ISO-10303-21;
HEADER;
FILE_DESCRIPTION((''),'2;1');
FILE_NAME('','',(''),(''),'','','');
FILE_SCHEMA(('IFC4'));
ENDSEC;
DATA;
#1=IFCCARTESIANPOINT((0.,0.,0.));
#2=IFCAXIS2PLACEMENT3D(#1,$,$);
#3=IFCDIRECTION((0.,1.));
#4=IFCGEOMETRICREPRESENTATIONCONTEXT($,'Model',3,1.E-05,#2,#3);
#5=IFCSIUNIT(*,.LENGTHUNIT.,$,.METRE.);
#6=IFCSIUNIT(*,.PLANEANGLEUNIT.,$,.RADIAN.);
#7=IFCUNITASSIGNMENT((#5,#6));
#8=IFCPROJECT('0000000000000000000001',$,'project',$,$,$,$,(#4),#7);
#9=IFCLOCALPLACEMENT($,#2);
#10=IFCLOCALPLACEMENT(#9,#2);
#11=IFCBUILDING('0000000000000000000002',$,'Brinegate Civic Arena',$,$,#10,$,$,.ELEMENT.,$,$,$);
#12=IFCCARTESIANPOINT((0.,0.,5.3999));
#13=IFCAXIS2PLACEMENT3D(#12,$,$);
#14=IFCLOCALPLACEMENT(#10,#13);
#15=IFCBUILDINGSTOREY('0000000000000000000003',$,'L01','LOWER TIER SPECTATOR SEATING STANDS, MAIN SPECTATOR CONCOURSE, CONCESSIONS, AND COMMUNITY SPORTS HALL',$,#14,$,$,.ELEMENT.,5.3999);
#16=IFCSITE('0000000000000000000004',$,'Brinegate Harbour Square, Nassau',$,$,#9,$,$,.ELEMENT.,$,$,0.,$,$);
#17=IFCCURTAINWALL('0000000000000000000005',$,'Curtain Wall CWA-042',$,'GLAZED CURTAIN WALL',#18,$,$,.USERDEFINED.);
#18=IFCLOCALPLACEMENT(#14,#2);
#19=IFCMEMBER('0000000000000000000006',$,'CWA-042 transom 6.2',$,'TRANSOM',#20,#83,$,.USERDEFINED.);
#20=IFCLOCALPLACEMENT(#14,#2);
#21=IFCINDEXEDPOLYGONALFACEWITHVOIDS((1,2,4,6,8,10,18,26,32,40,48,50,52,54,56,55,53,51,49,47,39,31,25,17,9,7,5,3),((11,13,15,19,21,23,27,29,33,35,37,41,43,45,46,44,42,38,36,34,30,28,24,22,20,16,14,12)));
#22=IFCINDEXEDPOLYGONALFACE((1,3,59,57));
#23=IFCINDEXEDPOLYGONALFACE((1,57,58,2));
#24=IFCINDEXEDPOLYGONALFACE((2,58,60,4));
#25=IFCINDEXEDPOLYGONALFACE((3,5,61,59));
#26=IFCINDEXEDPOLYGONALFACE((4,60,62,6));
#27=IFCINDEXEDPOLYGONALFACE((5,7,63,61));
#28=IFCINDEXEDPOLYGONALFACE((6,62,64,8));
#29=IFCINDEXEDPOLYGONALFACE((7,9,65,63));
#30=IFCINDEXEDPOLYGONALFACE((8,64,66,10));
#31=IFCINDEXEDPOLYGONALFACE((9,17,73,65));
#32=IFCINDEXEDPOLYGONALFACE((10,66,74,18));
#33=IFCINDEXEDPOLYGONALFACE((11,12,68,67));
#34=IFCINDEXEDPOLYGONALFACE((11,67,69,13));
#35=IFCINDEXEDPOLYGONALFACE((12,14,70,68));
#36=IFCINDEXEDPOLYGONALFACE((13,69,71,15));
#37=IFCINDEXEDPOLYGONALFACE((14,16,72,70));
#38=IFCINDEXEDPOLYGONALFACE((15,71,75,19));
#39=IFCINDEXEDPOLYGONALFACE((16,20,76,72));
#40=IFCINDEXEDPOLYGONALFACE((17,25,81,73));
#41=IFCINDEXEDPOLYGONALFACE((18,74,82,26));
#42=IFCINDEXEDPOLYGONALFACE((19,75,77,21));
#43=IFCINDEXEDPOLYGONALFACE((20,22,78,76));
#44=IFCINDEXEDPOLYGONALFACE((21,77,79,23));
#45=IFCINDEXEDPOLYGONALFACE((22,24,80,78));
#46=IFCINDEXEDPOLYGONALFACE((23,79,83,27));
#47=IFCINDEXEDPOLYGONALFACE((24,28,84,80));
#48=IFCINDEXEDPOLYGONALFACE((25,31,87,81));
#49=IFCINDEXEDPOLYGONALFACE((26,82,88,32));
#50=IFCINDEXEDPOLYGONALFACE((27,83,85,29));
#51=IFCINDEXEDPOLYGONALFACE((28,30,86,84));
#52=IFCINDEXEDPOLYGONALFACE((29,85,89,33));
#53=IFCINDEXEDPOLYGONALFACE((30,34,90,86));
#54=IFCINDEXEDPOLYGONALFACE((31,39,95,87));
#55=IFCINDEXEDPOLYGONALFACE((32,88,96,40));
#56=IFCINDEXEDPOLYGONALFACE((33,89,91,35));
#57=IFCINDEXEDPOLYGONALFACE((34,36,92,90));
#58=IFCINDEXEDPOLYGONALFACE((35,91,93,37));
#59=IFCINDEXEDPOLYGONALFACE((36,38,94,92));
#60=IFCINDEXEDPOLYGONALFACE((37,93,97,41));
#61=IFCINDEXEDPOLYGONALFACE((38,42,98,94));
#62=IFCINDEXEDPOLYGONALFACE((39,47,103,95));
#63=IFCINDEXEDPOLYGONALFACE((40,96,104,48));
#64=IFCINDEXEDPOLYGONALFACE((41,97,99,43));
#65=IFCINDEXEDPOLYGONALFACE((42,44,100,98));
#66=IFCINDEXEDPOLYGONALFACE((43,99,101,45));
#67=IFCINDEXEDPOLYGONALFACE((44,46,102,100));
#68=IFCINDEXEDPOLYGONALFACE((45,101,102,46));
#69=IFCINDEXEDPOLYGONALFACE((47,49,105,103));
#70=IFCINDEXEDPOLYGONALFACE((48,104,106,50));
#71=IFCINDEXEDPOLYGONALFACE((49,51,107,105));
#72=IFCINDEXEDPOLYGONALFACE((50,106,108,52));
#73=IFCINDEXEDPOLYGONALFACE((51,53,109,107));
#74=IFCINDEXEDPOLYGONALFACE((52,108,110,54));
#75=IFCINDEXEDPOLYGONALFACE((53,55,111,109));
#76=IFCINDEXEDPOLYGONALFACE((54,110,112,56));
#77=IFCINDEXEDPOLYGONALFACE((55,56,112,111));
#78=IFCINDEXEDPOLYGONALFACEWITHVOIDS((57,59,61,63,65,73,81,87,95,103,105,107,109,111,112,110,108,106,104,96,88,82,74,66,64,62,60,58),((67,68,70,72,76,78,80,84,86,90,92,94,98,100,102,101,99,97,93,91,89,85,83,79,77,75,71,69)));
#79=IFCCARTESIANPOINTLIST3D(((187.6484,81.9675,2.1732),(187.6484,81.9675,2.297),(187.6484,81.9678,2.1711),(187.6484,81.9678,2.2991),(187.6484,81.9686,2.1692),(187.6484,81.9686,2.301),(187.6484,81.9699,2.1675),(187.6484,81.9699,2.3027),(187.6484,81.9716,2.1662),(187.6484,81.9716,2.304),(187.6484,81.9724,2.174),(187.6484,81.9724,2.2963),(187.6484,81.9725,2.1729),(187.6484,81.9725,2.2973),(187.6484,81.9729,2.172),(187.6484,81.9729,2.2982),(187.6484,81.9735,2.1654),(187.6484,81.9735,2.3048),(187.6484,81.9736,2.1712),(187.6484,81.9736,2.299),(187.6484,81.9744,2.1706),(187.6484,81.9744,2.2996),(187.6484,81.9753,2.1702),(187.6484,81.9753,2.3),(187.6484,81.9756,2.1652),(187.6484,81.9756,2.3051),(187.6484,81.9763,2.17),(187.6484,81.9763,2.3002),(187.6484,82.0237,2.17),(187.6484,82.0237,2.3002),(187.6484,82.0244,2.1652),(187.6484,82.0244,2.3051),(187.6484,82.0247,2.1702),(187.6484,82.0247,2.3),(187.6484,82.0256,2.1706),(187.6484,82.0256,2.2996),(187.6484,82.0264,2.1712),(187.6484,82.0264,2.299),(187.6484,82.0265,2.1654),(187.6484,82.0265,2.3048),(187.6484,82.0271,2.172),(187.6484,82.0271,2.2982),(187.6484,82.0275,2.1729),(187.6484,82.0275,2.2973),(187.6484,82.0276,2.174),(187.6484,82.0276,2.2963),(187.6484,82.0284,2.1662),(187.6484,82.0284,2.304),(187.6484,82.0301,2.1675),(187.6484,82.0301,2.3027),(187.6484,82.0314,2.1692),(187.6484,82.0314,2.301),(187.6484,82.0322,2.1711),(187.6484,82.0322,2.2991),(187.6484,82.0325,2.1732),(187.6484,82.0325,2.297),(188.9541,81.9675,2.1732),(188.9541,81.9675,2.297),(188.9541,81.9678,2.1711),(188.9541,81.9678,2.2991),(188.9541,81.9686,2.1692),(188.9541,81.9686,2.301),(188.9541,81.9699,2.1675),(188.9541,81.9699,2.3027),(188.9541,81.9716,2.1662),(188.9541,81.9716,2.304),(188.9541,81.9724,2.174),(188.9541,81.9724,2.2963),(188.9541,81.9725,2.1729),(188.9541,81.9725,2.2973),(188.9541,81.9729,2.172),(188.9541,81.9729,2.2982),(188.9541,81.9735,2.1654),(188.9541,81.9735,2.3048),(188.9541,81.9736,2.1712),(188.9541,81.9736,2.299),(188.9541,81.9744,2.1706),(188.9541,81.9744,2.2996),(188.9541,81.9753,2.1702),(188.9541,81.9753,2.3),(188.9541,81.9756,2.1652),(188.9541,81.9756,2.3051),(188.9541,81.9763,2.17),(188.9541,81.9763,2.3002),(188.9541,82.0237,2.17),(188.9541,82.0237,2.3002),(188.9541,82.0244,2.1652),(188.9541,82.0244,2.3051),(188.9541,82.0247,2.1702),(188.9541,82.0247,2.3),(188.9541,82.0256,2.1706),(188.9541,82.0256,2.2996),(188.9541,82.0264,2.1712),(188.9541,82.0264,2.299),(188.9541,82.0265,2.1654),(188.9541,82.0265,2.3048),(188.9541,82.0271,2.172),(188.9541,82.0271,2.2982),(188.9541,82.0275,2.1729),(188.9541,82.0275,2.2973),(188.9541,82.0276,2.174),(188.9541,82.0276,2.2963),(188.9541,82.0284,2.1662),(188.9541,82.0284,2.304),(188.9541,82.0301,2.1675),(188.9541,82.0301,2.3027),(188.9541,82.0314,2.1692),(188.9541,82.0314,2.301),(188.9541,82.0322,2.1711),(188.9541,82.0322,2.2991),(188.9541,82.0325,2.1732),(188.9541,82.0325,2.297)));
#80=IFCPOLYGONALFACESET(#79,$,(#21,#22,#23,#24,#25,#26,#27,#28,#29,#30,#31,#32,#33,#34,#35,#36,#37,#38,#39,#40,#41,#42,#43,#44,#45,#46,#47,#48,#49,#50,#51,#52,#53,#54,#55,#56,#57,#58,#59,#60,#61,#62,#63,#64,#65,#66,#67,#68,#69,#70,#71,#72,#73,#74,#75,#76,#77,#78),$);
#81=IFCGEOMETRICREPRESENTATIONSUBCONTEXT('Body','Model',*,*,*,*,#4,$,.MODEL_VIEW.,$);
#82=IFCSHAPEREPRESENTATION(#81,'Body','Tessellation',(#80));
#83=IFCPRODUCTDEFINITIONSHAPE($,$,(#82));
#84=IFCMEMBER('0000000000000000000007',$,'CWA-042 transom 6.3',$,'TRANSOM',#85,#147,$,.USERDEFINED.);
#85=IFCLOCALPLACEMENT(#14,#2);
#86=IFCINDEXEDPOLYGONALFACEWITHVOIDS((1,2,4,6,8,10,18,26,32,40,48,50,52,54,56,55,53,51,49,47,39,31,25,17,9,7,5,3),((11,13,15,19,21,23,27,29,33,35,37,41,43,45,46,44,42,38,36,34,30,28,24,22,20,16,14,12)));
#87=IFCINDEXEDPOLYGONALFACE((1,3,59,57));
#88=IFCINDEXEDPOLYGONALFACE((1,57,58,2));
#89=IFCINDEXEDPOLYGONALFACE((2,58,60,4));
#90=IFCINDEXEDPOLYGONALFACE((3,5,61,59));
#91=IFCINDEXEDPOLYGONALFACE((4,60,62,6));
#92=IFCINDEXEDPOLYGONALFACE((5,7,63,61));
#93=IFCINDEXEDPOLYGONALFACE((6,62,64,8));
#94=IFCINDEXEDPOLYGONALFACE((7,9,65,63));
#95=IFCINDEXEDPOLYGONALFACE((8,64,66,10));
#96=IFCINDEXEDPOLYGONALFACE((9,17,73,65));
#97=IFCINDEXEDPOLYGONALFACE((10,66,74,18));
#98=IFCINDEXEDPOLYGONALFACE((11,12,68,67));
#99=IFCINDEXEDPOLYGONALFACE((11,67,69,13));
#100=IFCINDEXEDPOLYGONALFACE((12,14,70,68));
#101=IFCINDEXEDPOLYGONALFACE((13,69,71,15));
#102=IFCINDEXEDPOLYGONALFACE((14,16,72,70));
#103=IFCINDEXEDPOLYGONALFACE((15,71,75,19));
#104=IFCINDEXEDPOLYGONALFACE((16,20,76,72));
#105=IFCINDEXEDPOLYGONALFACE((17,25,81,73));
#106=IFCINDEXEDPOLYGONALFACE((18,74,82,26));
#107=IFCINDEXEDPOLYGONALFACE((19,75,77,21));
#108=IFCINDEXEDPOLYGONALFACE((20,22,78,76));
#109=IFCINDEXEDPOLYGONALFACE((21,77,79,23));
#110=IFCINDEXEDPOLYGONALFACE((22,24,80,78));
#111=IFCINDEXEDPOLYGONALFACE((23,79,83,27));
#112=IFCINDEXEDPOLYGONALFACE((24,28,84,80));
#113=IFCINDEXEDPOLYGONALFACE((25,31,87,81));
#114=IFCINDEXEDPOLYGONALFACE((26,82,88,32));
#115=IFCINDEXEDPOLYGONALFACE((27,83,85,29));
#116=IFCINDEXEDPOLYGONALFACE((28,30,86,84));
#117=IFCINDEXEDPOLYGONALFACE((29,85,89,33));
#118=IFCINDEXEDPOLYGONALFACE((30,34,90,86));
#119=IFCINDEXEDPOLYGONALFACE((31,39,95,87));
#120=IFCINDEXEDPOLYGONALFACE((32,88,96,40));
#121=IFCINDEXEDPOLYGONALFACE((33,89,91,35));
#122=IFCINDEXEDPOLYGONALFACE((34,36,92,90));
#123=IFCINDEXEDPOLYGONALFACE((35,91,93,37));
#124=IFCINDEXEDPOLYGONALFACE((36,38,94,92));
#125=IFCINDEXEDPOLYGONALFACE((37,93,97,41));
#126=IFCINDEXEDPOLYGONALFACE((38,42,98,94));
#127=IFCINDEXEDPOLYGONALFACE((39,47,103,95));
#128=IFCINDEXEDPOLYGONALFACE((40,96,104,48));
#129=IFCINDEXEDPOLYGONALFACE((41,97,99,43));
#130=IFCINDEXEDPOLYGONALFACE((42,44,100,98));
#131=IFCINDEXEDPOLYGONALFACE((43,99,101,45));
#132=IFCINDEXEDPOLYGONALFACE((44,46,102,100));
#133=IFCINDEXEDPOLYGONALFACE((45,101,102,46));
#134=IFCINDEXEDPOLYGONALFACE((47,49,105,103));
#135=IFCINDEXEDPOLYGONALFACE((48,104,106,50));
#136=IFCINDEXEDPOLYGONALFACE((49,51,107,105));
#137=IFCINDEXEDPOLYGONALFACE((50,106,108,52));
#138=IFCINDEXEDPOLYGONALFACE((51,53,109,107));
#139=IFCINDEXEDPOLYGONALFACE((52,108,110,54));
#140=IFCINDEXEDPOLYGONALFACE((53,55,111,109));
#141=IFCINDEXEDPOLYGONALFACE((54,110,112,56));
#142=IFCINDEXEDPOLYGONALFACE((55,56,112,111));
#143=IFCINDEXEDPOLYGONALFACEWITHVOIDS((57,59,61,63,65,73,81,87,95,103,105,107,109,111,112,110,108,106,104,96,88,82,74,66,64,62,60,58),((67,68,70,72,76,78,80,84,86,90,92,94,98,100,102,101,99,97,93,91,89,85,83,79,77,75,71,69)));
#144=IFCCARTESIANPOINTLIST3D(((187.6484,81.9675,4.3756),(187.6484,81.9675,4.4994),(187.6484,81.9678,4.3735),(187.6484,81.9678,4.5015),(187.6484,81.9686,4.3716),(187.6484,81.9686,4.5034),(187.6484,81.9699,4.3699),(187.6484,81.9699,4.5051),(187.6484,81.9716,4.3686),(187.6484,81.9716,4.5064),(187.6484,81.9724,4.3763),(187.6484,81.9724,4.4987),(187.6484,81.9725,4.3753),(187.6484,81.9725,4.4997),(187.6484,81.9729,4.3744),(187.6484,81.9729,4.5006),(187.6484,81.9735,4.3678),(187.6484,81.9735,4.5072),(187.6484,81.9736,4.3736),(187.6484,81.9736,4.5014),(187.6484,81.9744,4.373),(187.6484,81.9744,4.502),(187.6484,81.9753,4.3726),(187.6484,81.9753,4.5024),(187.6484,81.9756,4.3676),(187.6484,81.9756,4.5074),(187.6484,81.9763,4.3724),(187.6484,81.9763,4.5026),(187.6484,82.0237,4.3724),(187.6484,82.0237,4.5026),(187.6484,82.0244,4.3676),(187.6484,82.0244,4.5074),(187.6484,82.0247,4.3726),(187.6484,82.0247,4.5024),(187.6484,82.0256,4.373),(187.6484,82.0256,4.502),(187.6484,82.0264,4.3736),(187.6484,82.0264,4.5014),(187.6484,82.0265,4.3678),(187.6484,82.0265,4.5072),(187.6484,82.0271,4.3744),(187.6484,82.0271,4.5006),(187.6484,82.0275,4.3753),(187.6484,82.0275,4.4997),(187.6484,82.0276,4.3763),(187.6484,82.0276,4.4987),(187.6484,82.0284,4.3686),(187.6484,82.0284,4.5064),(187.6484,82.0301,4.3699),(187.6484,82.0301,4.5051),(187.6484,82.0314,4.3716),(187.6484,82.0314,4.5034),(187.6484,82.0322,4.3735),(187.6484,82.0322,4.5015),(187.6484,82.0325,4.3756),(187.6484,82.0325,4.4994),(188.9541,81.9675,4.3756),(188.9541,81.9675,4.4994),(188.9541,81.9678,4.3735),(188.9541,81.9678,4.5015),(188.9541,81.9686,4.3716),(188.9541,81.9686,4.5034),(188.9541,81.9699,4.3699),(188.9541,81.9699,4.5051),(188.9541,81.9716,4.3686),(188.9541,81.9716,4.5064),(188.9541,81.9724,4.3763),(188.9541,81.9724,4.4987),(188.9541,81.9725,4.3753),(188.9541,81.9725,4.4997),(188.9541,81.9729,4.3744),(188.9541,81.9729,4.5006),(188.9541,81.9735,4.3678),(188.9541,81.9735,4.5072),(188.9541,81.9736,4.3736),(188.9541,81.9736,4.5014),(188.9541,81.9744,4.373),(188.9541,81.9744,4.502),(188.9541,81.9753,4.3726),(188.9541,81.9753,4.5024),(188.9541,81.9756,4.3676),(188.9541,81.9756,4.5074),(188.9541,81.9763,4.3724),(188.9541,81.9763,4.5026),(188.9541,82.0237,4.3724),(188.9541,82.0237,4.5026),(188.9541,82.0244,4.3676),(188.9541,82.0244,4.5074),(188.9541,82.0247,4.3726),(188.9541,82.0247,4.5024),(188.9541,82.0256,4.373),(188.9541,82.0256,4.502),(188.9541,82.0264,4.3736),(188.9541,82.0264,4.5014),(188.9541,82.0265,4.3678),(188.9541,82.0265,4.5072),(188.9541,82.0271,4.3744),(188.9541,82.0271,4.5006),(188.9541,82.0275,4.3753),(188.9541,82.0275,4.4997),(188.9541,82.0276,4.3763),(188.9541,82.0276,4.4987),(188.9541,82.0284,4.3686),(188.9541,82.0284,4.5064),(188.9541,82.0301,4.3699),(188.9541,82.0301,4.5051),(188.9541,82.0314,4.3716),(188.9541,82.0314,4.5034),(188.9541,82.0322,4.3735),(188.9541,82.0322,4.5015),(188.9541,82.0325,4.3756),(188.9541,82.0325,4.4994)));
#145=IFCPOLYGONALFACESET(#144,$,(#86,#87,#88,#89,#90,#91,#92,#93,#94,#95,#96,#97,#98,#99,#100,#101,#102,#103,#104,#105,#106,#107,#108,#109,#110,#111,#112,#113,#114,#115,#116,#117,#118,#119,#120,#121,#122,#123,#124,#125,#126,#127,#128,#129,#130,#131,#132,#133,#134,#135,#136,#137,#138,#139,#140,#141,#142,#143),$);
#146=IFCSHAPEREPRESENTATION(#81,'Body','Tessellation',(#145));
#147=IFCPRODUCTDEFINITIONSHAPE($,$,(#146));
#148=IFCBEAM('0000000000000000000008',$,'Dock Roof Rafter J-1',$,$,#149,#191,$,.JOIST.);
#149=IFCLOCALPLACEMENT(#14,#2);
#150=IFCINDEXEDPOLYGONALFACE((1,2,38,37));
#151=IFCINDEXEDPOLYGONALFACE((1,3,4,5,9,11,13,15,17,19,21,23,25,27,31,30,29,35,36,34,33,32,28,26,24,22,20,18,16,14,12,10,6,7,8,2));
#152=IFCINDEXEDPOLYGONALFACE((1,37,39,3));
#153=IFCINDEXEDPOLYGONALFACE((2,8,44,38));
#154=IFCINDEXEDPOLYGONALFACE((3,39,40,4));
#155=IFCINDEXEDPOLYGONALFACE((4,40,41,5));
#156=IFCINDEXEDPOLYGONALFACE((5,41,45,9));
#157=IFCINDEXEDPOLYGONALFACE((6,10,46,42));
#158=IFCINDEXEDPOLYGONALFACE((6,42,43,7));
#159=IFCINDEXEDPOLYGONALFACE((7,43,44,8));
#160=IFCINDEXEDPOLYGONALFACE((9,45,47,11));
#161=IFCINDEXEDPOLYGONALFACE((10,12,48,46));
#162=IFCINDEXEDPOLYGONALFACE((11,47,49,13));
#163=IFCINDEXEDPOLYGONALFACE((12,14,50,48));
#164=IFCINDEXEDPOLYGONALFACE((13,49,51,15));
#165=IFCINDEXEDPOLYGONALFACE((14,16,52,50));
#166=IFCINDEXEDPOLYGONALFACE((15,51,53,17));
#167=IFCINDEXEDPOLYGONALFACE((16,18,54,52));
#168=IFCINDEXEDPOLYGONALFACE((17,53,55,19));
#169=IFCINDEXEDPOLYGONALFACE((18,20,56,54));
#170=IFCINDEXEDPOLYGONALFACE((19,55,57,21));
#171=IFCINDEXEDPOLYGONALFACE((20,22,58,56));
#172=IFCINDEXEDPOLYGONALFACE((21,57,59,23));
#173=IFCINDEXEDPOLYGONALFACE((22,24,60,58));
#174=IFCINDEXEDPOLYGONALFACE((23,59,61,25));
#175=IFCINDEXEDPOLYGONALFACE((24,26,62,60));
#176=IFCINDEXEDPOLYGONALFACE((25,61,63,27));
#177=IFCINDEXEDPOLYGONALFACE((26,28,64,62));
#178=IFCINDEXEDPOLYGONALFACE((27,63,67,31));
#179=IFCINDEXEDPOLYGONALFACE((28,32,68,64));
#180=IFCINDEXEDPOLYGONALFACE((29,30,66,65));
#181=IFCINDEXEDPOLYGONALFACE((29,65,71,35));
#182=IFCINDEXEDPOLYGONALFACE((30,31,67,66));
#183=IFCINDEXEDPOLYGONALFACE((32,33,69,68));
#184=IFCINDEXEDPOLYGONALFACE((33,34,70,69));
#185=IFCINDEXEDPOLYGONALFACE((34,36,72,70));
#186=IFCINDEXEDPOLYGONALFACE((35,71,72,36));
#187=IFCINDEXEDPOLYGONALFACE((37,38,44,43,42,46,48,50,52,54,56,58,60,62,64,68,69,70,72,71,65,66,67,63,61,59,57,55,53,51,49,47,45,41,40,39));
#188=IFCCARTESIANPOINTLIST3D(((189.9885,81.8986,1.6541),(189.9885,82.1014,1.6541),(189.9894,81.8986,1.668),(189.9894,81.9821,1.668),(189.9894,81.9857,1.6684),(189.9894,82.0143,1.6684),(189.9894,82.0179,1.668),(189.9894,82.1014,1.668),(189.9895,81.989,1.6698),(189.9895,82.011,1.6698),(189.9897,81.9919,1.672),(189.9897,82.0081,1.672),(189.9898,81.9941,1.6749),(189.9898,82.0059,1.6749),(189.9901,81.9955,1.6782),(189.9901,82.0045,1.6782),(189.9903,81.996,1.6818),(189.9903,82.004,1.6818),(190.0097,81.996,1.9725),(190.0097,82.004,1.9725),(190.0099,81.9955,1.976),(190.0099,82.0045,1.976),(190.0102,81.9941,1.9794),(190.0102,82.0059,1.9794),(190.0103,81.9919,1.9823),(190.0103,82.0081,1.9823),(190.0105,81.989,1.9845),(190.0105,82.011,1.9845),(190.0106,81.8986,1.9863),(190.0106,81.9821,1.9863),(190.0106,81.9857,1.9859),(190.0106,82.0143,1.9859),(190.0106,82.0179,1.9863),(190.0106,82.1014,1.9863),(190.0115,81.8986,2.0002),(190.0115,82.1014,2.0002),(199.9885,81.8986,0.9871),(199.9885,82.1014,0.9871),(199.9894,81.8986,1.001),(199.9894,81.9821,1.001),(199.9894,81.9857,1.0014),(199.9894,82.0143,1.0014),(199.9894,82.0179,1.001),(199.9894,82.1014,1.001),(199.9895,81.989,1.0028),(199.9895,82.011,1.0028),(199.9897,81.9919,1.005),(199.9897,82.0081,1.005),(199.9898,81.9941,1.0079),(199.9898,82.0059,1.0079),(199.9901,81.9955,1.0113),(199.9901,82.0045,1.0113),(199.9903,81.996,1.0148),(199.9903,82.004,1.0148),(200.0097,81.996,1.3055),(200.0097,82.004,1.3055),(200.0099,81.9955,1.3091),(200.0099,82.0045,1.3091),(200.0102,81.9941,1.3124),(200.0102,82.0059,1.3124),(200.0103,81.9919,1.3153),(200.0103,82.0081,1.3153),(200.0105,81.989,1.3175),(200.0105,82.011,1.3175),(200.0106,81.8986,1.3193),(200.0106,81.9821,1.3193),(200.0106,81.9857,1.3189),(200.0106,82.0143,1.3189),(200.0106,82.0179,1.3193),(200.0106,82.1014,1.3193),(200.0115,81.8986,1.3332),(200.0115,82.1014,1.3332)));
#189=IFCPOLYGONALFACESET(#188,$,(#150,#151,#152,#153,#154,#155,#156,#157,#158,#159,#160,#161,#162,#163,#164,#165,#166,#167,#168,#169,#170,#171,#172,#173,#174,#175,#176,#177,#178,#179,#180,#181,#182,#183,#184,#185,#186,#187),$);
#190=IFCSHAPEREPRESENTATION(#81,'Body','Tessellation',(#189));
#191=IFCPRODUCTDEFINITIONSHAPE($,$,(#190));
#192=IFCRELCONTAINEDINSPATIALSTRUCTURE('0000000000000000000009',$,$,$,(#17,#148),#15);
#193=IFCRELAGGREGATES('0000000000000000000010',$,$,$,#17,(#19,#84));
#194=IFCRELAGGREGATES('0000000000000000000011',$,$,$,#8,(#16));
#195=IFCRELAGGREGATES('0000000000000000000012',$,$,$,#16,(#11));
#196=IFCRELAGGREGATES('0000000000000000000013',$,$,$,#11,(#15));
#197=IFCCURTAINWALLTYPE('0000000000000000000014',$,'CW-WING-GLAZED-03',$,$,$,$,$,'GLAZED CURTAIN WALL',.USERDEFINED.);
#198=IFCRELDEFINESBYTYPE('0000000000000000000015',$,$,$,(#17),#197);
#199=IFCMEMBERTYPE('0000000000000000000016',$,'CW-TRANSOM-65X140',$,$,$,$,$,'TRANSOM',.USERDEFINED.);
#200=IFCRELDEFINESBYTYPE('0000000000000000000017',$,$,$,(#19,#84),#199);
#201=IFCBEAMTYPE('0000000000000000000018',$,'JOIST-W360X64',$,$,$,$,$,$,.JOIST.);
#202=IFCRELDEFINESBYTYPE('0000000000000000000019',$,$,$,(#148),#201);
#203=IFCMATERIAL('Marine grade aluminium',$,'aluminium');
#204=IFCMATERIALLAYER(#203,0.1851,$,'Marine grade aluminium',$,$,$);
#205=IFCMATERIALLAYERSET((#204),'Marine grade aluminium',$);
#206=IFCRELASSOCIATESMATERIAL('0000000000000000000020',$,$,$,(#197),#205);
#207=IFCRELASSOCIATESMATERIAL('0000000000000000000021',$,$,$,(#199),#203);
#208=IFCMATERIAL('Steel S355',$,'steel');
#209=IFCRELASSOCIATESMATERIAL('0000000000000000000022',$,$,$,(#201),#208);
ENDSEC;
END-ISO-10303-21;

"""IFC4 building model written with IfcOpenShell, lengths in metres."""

from ifc_helpers import new_model, si_unit, direction, frame, origin, origin_2d, place, context, subcontext, project, spatial, hollow_rectangle, i_section, extrude, material, layer, layer_set, material_profile, profile_set, type_object, element, aggregate, save


model = new_model("IFC4")

# Units and contexts
model_context = context("Model", 3, precision=1e-05, world=origin(), true_north=direction((0.0, 1.0)))
body_context = subcontext(model_context, "Body", "Model", "MODEL_VIEW")
ifc_project = project(units=[si_unit("LENGTHUNIT", "METRE"), si_unit("PLANEANGLEUNIT", "RADIAN")], contexts=[model_context])

# Site, building, storey
site_placement = place(None, origin())
site = spatial("IfcSite", under=ifc_project, at=site_placement, Name="Brinegate Harbour Square, Nassau", CompositionType="ELEMENT", RefElevation=0.0)
building_placement = place(site_placement, origin())
building = spatial("IfcBuilding", under=site, at=building_placement, Name="Brinegate Civic Arena", CompositionType="ELEMENT")
storey_placement = place(building_placement, frame((0.0, 0.0, 5.3999)))
storey = spatial("IfcBuildingStorey", under=building, at=storey_placement, Name="L01", Description="LOWER TIER SPECTATOR SEATING STANDS, MAIN SPECTATOR CONCOURSE, CONCESSIONS, AND COMMUNITY SPORTS HALL", CompositionType="ELEMENT", Elevation=5.3999)

# Shared definitions
ifc_material_1 = material(Name="Steel S355", Category="steel")

# Curtain wall, members
ifc_material_2 = material(Name="Marine grade aluminium", Category="aluminium")
ifc_layer_1 = layer(ifc_material_2, 0.1851, Name="Marine grade aluminium")
ifc_layer_set_1 = layer_set([ifc_layer_1], Name="Marine grade aluminium")
curtain_wall_type = type_object("IfcCurtainWallType", Name="CW-WING-GLAZED-03", ElementType="GLAZED CURTAIN WALL", PredefinedType="USERDEFINED", material=ifc_layer_set_1)
curtain_wall_placement = place(storey_placement, origin())
curtain_wall = element("IfcCurtainWall", 1, at=curtain_wall_placement, inside=storey, type_object=curtain_wall_type, Name="Curtain Wall CWA-042", ObjectType="GLAZED CURTAIN WALL", PredefinedType="USERDEFINED")
ifc_material_profile_1 = material_profile(ifc_material_2, hollow_rectangle(XDim=0.0649, YDim=0.1399, WallThickness=0.0049, InnerFilletRadius=0.0039, OuterFilletRadius=0.0081, at=origin_2d()), Name="TRN65X140")
ifc_profile_set_1 = profile_set([ifc_material_profile_1], Name="Marine grade aluminium")
member_type_1 = type_object("IfcMemberType", Name="CW-TRANSOM-65X140", ElementType="TRANSOM", PredefinedType="USERDEFINED", material=ifc_profile_set_1)
member_1_placement = place(storey_placement, frame((187.6484, 82.0, 2.2351), z_axis=(1.0, 0.0, 0.0), x_axis=(0.0, 1.0, 0.0)))
member_1 = element("IfcMember", 2, at=member_1_placement, type_object=member_type_1, Name="CWA-042 transom 6.2", ObjectType="TRANSOM", PredefinedType="USERDEFINED", context=body_context, shape_type="SweptSolid", body=[
    extrude(hollow_rectangle(XDim=0.0649, YDim=0.1399, WallThickness=0.0049, InnerFilletRadius=0.0039, OuterFilletRadius=0.0081, at=origin_2d()), origin(), (0.0, 0.0, 1.0), 1.3057),
])
member_2_placement = place(storey_placement, frame((187.6484, 82.0, 4.4375), z_axis=(1.0, 0.0, 0.0), x_axis=(0.0, 1.0, 0.0)))
member_2 = element("IfcMember", 3, at=member_2_placement, type_object=member_type_1, Name="CWA-042 transom 6.3", ObjectType="TRANSOM", PredefinedType="USERDEFINED", context=body_context, shape_type="SweptSolid", body=[
    extrude(hollow_rectangle(XDim=0.0649, YDim=0.1399, WallThickness=0.0049, InnerFilletRadius=0.0039, OuterFilletRadius=0.0081, at=origin_2d()), origin(), (0.0, 0.0, 1.0), 1.3057),
])

# Beam
ifc_material_profile_2 = material_profile(ifc_material_1, i_section(OverallWidth=0.2029, OverallDepth=0.3469, WebThickness=0.0081, FlangeThickness=0.0139, FilletRadius=0.0139, at=origin_2d()), Name="W360X64")
ifc_profile_set_2 = profile_set([ifc_material_profile_2], Name="Steel S355")
beam_type = type_object("IfcBeamType", Name="JOIST-W360X64", PredefinedType="JOIST", material=ifc_profile_set_2)
beam_1_placement = place(storey_placement, frame((190.0, 82.0, 1.8271), z_axis=(0.997783, 0.0, -0.066551), x_axis=(0.0, 1.0, 0.0)))
element("IfcBeam", 4, at=beam_1_placement, inside=storey, type_object=beam_type, Name="Dock Roof Rafter J-1", PredefinedType="JOIST", context=body_context, shape_type="SweptSolid", body=[
    extrude(i_section(OverallWidth=0.2029, OverallDepth=0.3469, WebThickness=0.0081, FlangeThickness=0.0139, FilletRadius=0.0139, at=origin_2d()), origin(), (0.0, 0.0, 1.0), 10.0222),
])

aggregate(curtain_wall, [member_1, member_2])

save(model, "model.ifc")
